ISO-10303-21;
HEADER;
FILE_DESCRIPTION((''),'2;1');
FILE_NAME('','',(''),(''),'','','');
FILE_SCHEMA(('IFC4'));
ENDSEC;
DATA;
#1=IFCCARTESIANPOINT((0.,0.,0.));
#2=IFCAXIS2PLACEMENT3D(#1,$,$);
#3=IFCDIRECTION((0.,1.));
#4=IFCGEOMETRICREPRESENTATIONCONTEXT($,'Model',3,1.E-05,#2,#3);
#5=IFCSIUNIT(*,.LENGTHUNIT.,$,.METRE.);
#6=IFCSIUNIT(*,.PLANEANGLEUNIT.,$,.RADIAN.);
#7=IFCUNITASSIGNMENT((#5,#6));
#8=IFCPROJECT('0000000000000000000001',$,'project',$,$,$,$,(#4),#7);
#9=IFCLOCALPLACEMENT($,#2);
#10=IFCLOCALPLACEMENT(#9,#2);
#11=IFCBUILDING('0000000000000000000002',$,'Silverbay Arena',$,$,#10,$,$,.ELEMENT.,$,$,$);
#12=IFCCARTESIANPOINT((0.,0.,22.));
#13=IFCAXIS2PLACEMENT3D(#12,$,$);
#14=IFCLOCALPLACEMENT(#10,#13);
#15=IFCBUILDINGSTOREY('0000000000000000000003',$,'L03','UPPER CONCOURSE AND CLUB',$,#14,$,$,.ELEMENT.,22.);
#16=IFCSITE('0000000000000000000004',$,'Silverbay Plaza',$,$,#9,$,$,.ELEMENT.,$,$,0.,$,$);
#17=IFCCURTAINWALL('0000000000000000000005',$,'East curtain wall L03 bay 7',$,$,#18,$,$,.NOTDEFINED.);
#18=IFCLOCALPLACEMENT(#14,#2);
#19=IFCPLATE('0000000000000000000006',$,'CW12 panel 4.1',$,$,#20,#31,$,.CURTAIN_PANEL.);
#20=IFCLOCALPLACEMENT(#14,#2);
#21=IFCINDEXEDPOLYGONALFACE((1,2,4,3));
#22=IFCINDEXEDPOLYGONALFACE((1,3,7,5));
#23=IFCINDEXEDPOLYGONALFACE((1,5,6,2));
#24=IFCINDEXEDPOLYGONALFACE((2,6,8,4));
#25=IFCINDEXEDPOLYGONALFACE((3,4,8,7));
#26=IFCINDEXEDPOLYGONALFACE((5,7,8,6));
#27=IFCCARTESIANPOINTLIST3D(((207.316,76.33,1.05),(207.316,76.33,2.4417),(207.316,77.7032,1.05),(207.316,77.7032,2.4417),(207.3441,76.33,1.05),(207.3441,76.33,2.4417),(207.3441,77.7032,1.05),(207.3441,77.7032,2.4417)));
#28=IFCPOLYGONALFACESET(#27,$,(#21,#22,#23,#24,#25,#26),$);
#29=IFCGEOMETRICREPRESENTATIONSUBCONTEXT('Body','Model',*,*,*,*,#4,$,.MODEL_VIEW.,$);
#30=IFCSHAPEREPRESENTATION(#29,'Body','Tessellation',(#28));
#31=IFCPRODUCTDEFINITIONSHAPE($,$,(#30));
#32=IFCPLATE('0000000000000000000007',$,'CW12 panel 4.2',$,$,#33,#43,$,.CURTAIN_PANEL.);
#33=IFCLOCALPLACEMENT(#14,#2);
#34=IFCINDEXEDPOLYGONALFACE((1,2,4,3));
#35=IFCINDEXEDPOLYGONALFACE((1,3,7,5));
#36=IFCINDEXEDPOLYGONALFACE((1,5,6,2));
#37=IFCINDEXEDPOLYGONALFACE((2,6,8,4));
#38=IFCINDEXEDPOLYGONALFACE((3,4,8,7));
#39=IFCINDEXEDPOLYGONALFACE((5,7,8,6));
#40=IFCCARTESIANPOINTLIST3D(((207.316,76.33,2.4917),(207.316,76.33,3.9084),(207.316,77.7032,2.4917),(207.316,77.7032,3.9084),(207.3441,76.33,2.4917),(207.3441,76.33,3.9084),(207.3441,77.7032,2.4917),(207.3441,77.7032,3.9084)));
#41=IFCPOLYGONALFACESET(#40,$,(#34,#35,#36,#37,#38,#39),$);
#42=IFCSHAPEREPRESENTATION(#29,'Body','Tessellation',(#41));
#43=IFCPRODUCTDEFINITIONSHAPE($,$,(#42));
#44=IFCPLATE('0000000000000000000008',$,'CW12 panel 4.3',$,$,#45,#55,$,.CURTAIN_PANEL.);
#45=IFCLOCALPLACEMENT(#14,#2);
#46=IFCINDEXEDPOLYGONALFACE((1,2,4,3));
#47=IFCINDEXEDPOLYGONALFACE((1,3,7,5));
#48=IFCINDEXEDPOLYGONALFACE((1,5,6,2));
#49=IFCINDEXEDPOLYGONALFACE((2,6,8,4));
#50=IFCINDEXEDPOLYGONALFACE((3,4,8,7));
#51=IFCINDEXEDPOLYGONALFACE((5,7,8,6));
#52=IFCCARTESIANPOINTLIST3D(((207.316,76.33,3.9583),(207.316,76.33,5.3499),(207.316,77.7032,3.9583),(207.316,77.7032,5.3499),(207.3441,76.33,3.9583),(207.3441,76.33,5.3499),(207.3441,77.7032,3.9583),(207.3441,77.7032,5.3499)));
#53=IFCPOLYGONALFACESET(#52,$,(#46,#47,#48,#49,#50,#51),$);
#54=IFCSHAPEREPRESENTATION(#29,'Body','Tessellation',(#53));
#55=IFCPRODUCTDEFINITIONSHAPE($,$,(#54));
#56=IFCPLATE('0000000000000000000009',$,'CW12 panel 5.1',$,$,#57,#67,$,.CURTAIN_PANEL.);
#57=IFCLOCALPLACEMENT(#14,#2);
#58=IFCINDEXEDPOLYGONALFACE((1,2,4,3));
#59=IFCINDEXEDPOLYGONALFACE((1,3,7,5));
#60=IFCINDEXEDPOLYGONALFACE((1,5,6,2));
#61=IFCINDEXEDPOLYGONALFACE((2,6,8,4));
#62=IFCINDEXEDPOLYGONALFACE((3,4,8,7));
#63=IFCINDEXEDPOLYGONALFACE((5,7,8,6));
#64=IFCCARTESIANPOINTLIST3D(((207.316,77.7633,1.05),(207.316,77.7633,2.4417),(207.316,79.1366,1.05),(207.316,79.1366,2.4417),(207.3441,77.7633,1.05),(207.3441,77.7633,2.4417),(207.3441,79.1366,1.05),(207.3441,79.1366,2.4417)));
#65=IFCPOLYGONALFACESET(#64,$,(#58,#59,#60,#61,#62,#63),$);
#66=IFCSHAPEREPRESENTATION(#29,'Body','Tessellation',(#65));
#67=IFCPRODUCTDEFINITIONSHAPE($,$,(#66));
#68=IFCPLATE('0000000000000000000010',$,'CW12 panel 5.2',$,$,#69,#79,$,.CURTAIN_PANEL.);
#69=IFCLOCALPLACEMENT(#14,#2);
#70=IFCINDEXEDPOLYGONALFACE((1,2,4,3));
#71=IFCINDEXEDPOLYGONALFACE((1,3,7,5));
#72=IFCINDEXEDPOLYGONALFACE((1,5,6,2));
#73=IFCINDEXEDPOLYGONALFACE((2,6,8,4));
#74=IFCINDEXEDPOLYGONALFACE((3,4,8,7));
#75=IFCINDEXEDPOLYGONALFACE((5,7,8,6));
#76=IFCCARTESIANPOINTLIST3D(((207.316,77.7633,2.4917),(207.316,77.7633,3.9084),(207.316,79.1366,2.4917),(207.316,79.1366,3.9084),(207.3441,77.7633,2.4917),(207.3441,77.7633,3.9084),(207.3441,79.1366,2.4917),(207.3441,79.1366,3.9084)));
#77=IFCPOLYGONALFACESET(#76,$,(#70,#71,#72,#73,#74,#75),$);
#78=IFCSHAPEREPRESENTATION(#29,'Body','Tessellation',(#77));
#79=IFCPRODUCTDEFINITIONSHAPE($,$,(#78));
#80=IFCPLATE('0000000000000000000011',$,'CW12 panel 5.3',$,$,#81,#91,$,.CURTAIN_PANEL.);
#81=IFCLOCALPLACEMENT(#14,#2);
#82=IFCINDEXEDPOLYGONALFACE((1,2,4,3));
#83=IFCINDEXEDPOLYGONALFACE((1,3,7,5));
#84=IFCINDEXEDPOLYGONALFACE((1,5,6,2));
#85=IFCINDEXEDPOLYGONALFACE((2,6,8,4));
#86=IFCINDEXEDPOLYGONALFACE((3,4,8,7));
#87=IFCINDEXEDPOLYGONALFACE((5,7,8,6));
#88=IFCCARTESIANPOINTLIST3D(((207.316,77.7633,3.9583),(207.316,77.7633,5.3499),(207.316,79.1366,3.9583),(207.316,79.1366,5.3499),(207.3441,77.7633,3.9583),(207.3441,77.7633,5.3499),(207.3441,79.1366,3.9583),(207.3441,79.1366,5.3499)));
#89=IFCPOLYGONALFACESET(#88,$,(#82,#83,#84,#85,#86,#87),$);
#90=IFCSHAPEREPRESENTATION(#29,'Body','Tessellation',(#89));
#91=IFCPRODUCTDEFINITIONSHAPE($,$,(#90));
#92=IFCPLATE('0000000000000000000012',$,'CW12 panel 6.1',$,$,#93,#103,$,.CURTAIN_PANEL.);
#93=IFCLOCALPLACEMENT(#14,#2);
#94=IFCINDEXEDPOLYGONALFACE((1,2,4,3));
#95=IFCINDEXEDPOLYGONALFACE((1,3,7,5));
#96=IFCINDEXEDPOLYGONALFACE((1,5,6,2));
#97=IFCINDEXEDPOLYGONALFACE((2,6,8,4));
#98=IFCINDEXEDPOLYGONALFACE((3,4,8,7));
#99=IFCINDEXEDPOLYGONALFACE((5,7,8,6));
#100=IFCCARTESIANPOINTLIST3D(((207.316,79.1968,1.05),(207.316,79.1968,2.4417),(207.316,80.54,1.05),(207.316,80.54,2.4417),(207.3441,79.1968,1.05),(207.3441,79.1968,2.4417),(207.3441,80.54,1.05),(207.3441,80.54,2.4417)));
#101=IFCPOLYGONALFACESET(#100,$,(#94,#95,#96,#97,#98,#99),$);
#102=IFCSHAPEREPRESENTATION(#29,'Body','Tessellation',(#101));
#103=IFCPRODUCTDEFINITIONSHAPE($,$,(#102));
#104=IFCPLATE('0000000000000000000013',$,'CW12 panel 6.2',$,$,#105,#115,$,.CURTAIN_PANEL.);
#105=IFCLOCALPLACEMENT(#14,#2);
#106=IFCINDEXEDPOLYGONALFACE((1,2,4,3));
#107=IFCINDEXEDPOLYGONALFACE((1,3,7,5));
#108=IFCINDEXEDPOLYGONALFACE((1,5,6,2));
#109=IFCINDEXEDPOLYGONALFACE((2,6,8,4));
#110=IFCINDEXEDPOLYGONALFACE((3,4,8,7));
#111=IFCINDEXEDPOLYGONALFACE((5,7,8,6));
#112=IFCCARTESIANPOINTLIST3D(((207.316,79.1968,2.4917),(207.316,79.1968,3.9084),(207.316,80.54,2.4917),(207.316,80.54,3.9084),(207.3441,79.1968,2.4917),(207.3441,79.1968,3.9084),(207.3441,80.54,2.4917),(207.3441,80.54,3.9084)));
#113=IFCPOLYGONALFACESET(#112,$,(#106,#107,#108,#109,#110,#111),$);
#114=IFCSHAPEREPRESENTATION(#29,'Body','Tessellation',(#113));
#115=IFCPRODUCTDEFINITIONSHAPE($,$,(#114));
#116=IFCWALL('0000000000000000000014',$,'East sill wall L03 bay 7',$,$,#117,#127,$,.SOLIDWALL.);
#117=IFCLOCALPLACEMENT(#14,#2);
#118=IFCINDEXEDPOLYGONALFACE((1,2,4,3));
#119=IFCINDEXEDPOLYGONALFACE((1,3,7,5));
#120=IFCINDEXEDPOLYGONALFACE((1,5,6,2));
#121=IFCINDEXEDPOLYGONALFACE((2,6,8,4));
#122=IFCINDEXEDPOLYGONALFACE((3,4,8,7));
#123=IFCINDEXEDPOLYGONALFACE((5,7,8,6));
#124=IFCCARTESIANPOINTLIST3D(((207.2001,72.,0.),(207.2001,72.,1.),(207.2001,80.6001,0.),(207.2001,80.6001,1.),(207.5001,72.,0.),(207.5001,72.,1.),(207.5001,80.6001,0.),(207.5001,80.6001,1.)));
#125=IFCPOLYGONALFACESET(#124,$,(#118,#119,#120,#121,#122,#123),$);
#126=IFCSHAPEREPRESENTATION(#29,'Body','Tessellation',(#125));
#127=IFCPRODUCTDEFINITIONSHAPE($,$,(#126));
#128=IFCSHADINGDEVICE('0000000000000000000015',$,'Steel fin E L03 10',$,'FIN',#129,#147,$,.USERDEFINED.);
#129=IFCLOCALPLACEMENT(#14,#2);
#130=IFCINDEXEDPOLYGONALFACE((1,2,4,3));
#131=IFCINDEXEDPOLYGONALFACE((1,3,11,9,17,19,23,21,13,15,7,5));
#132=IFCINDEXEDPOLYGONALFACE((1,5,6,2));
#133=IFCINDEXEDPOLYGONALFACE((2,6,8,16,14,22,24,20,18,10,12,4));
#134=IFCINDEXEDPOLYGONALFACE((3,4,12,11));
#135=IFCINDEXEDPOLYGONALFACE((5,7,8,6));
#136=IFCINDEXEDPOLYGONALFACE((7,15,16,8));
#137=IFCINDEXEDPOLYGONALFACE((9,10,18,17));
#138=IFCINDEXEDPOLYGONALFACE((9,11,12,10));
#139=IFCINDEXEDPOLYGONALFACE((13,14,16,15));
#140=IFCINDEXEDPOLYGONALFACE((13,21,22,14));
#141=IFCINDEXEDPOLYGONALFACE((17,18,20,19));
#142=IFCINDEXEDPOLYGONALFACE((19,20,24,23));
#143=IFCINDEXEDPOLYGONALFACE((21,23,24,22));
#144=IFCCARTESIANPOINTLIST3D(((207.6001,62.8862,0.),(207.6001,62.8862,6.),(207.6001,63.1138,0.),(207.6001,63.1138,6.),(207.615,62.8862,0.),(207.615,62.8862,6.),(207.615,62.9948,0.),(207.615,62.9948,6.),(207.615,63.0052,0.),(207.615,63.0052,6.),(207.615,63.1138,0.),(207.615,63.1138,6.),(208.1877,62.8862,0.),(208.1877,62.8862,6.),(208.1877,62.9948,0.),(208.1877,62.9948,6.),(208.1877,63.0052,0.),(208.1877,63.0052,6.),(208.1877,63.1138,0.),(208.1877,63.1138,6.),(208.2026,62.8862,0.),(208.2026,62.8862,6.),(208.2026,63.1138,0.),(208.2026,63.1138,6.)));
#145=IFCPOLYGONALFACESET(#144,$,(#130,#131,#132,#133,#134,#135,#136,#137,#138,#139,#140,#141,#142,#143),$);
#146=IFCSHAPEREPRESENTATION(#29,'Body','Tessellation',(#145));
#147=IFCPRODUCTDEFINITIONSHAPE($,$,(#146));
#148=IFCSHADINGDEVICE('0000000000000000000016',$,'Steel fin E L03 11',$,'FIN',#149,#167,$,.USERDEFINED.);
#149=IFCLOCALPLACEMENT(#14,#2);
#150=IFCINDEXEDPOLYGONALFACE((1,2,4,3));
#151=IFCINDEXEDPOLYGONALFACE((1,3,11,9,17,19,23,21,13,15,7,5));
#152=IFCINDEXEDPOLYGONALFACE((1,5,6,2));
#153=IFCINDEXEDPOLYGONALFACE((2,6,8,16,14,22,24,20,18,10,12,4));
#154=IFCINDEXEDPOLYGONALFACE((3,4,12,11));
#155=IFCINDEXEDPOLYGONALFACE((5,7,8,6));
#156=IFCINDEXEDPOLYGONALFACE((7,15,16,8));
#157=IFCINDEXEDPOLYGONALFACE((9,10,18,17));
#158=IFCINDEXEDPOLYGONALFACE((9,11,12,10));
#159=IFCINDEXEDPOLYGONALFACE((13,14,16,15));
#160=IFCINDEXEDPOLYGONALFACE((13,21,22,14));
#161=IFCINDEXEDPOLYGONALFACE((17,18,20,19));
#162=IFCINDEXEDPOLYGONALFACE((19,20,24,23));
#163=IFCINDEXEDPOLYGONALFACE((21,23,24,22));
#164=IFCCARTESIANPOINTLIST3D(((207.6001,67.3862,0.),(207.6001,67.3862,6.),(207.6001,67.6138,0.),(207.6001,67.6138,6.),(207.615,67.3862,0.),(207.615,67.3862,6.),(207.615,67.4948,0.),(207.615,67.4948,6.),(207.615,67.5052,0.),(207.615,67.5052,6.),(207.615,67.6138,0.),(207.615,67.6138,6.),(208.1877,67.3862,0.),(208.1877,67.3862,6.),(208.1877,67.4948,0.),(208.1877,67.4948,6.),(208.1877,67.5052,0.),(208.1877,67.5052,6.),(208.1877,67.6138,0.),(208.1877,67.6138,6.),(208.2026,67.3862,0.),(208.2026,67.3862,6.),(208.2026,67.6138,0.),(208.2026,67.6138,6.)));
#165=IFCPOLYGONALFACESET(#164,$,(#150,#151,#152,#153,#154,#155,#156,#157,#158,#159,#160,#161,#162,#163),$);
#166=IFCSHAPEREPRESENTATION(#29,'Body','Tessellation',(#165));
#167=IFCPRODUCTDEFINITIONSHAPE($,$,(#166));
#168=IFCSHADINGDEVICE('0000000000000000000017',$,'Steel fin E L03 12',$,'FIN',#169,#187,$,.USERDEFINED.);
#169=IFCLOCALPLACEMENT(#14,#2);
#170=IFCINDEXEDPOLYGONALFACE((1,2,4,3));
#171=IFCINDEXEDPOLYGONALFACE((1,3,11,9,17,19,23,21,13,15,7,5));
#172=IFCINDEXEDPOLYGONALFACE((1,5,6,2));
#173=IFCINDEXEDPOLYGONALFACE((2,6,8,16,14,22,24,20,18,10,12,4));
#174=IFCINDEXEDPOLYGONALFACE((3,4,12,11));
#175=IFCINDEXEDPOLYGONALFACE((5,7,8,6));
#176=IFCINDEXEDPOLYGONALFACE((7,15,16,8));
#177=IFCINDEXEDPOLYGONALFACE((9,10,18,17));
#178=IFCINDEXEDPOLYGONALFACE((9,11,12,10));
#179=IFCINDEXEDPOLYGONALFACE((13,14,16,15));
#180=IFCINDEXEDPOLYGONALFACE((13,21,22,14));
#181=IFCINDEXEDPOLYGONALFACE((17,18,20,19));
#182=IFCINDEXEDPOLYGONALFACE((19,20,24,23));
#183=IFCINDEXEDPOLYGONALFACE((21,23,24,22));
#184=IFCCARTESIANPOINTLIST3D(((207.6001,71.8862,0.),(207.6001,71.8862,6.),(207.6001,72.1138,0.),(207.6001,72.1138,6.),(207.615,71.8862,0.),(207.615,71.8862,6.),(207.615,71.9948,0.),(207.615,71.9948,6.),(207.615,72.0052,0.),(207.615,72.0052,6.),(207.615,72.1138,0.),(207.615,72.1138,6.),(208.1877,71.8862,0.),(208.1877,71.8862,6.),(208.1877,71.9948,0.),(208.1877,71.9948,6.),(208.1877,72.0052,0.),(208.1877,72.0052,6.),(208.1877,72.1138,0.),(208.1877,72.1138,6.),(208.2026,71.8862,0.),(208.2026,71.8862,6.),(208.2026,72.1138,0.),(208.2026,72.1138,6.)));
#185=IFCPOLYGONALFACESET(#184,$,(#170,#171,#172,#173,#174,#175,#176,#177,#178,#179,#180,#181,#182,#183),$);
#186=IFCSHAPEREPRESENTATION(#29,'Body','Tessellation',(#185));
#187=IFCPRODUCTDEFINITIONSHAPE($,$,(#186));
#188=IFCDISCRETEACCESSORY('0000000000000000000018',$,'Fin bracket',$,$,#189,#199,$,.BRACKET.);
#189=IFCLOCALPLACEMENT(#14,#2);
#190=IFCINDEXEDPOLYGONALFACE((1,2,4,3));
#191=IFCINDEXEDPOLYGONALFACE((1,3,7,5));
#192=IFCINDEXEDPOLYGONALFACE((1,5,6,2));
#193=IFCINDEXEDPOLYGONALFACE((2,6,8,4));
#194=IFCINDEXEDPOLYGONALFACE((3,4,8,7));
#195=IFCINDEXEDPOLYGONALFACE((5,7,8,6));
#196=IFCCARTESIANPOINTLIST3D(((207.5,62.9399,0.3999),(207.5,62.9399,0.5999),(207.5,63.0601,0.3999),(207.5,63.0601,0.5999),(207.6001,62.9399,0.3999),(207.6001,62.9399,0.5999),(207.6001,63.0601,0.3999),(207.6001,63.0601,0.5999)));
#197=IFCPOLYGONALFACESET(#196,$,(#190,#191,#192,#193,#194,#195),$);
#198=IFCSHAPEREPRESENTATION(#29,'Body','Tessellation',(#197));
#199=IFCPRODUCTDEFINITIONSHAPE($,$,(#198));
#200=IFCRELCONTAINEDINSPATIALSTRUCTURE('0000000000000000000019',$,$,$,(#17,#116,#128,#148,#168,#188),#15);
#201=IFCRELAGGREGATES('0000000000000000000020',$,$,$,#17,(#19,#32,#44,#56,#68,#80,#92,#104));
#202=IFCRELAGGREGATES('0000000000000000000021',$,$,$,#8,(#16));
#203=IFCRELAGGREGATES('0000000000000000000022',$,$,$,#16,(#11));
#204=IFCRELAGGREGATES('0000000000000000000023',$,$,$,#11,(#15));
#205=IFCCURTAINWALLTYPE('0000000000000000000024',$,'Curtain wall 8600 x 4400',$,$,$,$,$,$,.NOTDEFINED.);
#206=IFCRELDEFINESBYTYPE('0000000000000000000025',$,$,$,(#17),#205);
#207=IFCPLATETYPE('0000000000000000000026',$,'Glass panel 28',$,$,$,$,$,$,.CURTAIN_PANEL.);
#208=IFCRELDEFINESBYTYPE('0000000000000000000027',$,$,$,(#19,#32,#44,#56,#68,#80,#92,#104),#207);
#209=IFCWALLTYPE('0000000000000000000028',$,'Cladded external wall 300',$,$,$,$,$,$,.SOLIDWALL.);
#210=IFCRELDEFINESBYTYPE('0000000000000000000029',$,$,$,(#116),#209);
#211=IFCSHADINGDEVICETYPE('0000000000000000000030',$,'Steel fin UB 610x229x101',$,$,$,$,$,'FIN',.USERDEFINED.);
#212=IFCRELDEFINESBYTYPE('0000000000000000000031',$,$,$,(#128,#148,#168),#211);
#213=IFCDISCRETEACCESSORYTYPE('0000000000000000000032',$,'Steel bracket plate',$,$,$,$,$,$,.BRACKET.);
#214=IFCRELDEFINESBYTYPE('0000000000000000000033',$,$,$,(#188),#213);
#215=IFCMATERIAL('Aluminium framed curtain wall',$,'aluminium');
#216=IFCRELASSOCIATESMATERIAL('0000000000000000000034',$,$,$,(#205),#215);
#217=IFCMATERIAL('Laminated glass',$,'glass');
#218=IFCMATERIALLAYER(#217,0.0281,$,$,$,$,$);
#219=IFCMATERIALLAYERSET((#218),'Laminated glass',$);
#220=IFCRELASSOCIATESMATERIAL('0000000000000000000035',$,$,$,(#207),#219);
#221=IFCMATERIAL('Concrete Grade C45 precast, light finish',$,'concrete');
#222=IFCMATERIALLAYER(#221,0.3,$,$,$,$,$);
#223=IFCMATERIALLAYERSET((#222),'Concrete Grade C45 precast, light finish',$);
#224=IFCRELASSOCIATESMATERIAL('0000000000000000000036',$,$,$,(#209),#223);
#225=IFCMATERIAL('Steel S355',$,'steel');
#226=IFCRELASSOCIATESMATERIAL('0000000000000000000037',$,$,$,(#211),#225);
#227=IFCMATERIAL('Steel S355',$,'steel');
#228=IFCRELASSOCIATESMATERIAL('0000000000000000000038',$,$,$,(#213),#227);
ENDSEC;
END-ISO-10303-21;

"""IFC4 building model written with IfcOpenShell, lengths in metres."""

from ifc_helpers import new_model, si_unit, direction, frame, frame_2d, origin, origin_2d, place, context, subcontext, project, spatial, rectangle, i_section, extrude, material, layer, layer_set, material_profile, profile_set, type_object, element, aggregate, save


model = new_model("IFC4")

# Units and contexts
model_context = context("Model", 3, precision=1e-05, world=origin(), true_north=direction((0.0, 1.0)))
body_context = subcontext(model_context, "Body", "Model", "MODEL_VIEW")
ifc_project = project(units=[si_unit("LENGTHUNIT", "METRE"), si_unit("PLANEANGLEUNIT", "RADIAN")], contexts=[model_context])

# Site, building, storey
site_placement = place(None, origin())
site = spatial("IfcSite", under=ifc_project, at=site_placement, Name="Silverbay Plaza", CompositionType="ELEMENT", RefElevation=0.0)
building_placement = place(site_placement, origin())
building = spatial("IfcBuilding", under=site, at=building_placement, Name="Silverbay Arena", CompositionType="ELEMENT")
storey_placement = place(building_placement, frame((0.0, 0.0, 22.0)))
storey = spatial("IfcBuildingStorey", under=building, at=storey_placement, Name="L03", Description="UPPER CONCOURSE AND CLUB", CompositionType="ELEMENT", Elevation=22.0)

# Curtain wall
ifc_material_1 = material(Name="Aluminium framed curtain wall", Category="aluminium")
curtain_wall_type = type_object("IfcCurtainWallType", Name="Curtain wall 8600 x 4400", PredefinedType="NOTDEFINED", material=ifc_material_1)
curtain_wall_placement = place(storey_placement, origin())
curtain_wall = element("IfcCurtainWall", 1, at=curtain_wall_placement, inside=storey, type_object=curtain_wall_type, Name="East curtain wall L03 bay 7", PredefinedType="NOTDEFINED")

# Plates
ifc_material_2 = material(Name="Laminated glass", Category="glass")
ifc_layer_1 = layer(ifc_material_2, 0.0281)
ifc_layer_set_1 = layer_set([ifc_layer_1], Name="Laminated glass")
plate_type = type_object("IfcPlateType", Name="Glass panel 28", PredefinedType="CURTAIN_PANEL", material=ifc_layer_set_1)
plate_1_placement = place(storey_placement, frame((207.3301, 77.0166, 1.05), z_axis=(0.0, 0.0, 1.0), x_axis=(0.0, 1.0, 0.0)))
plate_1 = element("IfcPlate", 2, at=plate_1_placement, type_object=plate_type, Name="CW12 panel 4.1", PredefinedType="CURTAIN_PANEL", context=body_context, shape_type="SweptSolid", body=[
    extrude(rectangle(XDim=1.3733, YDim=0.0281, at=origin_2d()), origin(), (0.0, 0.0, 1.0), 1.3916),
])
plate_2_placement = place(storey_placement, frame((207.3301, 77.0166, 2.4917), z_axis=(0.0, 0.0, 1.0), x_axis=(0.0, 1.0, 0.0)))
plate_2 = element("IfcPlate", 3, at=plate_2_placement, type_object=plate_type, Name="CW12 panel 4.2", PredefinedType="CURTAIN_PANEL", context=body_context, shape_type="SweptSolid", body=[
    extrude(rectangle(XDim=1.3733, YDim=0.0281, at=origin_2d()), origin(), (0.0, 0.0, 1.0), 1.4167),
])
plate_3_placement = place(storey_placement, frame((207.3301, 77.0166, 3.9583), z_axis=(0.0, 0.0, 1.0), x_axis=(0.0, 1.0, 0.0)))
plate_3 = element("IfcPlate", 4, at=plate_3_placement, type_object=plate_type, Name="CW12 panel 4.3", PredefinedType="CURTAIN_PANEL", context=body_context, shape_type="SweptSolid", body=[
    extrude(rectangle(XDim=1.3733, YDim=0.0281, at=origin_2d()), origin(), (0.0, 0.0, 1.0), 1.3916),
])
plate_4_placement = place(storey_placement, frame((207.3301, 78.45, 1.05), z_axis=(0.0, 0.0, 1.0), x_axis=(0.0, 1.0, 0.0)))
plate_4 = element("IfcPlate", 5, at=plate_4_placement, type_object=plate_type, Name="CW12 panel 5.1", PredefinedType="CURTAIN_PANEL", context=body_context, shape_type="SweptSolid", body=[
    extrude(rectangle(XDim=1.3733, YDim=0.0281, at=origin_2d()), origin(), (0.0, 0.0, 1.0), 1.3916),
])
plate_5_placement = place(storey_placement, frame((207.3301, 78.45, 2.4917), z_axis=(0.0, 0.0, 1.0), x_axis=(0.0, 1.0, 0.0)))
plate_5 = element("IfcPlate", 6, at=plate_5_placement, type_object=plate_type, Name="CW12 panel 5.2", PredefinedType="CURTAIN_PANEL", context=body_context, shape_type="SweptSolid", body=[
    extrude(rectangle(XDim=1.3733, YDim=0.0281, at=origin_2d()), origin(), (0.0, 0.0, 1.0), 1.4167),
])
plate_6_placement = place(storey_placement, frame((207.3301, 78.45, 3.9583), z_axis=(0.0, 0.0, 1.0), x_axis=(0.0, 1.0, 0.0)))
plate_6 = element("IfcPlate", 7, at=plate_6_placement, type_object=plate_type, Name="CW12 panel 5.3", PredefinedType="CURTAIN_PANEL", context=body_context, shape_type="SweptSolid", body=[
    extrude(rectangle(XDim=1.3733, YDim=0.0281, at=origin_2d()), origin(), (0.0, 0.0, 1.0), 1.3916),
])
plate_7_placement = place(storey_placement, frame((207.3301, 79.8684, 1.05), z_axis=(0.0, 0.0, 1.0), x_axis=(0.0, 1.0, 0.0)))
plate_7 = element("IfcPlate", 8, at=plate_7_placement, type_object=plate_type, Name="CW12 panel 6.1", PredefinedType="CURTAIN_PANEL", context=body_context, shape_type="SweptSolid", body=[
    extrude(rectangle(XDim=1.3433, YDim=0.0281, at=origin_2d()), origin(), (0.0, 0.0, 1.0), 1.3916),
])
plate_8_placement = place(storey_placement, frame((207.3301, 79.8684, 2.4917), z_axis=(0.0, 0.0, 1.0), x_axis=(0.0, 1.0, 0.0)))
plate_8 = element("IfcPlate", 9, at=plate_8_placement, type_object=plate_type, Name="CW12 panel 6.2", PredefinedType="CURTAIN_PANEL", context=body_context, shape_type="SweptSolid", body=[
    extrude(rectangle(XDim=1.3433, YDim=0.0281, at=origin_2d()), origin(), (0.0, 0.0, 1.0), 1.4167),
])
aggregate(curtain_wall, [plate_1, plate_2, plate_3, plate_4, plate_5, plate_6, plate_7, plate_8])

# Wall
ifc_material_3 = material(Name="Concrete Grade C45 precast, light finish", Category="concrete")
ifc_layer_2 = layer(ifc_material_3, 0.3)
ifc_layer_set_2 = layer_set([ifc_layer_2], Name="Concrete Grade C45 precast, light finish")
wall_type = type_object("IfcWallType", Name="Cladded external wall 300", PredefinedType="SOLIDWALL", material=ifc_layer_set_2)
wall_placement = place(storey_placement, frame((207.3501, 72.0, 0.0), z_axis=(0.0, 0.0, 1.0), x_axis=(0.0, 1.0, 0.0)))
element("IfcWall", 10, at=wall_placement, inside=storey, type_object=wall_type, Name="East sill wall L03 bay 7", PredefinedType="SOLIDWALL", context=body_context, shape_type="SweptSolid", body=[
    extrude(rectangle(XDim=8.6001, YDim=0.3, at=frame_2d((4.3, 0.0))), origin(), (0.0, 0.0, 1.0), 1.0),
])

# Shading devices
ifc_material_4 = material(Name="Steel S355", Category="steel")
ifc_material_profile_1 = material_profile(ifc_material_4, i_section(OverallWidth=0.2275, OverallDepth=0.6025, WebThickness=0.0105, FlangeThickness=0.0149, at=origin_2d()), Name="UB 610x229x101")
ifc_profile_set_1 = profile_set([ifc_material_profile_1], Name="Steel S355")
shading_device_type = type_object("IfcShadingDeviceType", Name="Steel fin UB 610x229x101", ElementType="FIN", PredefinedType="USERDEFINED", material=ifc_profile_set_1)
for number, where, z_axis, x_axis, name in (
    (11, (207.9014, 63.0, 0.0), (0.0, 0.0, 1.0), (0.0, 1.0, 0.0), "Steel fin E L03 10"),
    (12, (207.9014, 67.5, 0.0), (0.0, 0.0, 1.0), (0.0, 1.0, 0.0), "Steel fin E L03 11"),
    (13, (207.9014, 72.0, 0.0), (0.0, 0.0, 1.0), (0.0, 1.0, 0.0), "Steel fin E L03 12"),
):
    element("IfcShadingDevice", number, at=place(storey_placement, frame(where, z_axis=z_axis, x_axis=x_axis)), inside=storey, type_object=shading_device_type, Name=name, ObjectType="FIN", PredefinedType="USERDEFINED", context=body_context, shape_type="SweptSolid", body=[
        extrude(i_section(OverallWidth=0.2275, OverallDepth=0.6025, WebThickness=0.0105, FlangeThickness=0.0149, at=origin_2d()), origin(), (0.0, 0.0, 1.0), 6.0),
    ])

# Discrete accessory
ifc_material_5 = material(Name="Steel S355", Category="steel")
discrete_accessory_type = type_object("IfcDiscreteAccessoryType", Name="Steel bracket plate", PredefinedType="BRACKET", material=ifc_material_5)
for number, where, z_axis, x_axis, name in (
    (14, (207.55, 63.0, 0.3999), (0.0, 0.0, 1.0), (1.0, 0.0, 0.0), "Fin bracket"),
):
    element("IfcDiscreteAccessory", number, at=place(storey_placement, frame(where, z_axis=z_axis, x_axis=x_axis)), inside=storey, type_object=discrete_accessory_type, Name=name, PredefinedType="BRACKET", context=body_context, shape_type="SweptSolid", body=[
        extrude(rectangle(XDim=0.1001, YDim=0.1201, at=origin_2d()), origin(), (0.0, 0.0, 1.0), 0.2),
    ])

save(model, "model.ifc")
